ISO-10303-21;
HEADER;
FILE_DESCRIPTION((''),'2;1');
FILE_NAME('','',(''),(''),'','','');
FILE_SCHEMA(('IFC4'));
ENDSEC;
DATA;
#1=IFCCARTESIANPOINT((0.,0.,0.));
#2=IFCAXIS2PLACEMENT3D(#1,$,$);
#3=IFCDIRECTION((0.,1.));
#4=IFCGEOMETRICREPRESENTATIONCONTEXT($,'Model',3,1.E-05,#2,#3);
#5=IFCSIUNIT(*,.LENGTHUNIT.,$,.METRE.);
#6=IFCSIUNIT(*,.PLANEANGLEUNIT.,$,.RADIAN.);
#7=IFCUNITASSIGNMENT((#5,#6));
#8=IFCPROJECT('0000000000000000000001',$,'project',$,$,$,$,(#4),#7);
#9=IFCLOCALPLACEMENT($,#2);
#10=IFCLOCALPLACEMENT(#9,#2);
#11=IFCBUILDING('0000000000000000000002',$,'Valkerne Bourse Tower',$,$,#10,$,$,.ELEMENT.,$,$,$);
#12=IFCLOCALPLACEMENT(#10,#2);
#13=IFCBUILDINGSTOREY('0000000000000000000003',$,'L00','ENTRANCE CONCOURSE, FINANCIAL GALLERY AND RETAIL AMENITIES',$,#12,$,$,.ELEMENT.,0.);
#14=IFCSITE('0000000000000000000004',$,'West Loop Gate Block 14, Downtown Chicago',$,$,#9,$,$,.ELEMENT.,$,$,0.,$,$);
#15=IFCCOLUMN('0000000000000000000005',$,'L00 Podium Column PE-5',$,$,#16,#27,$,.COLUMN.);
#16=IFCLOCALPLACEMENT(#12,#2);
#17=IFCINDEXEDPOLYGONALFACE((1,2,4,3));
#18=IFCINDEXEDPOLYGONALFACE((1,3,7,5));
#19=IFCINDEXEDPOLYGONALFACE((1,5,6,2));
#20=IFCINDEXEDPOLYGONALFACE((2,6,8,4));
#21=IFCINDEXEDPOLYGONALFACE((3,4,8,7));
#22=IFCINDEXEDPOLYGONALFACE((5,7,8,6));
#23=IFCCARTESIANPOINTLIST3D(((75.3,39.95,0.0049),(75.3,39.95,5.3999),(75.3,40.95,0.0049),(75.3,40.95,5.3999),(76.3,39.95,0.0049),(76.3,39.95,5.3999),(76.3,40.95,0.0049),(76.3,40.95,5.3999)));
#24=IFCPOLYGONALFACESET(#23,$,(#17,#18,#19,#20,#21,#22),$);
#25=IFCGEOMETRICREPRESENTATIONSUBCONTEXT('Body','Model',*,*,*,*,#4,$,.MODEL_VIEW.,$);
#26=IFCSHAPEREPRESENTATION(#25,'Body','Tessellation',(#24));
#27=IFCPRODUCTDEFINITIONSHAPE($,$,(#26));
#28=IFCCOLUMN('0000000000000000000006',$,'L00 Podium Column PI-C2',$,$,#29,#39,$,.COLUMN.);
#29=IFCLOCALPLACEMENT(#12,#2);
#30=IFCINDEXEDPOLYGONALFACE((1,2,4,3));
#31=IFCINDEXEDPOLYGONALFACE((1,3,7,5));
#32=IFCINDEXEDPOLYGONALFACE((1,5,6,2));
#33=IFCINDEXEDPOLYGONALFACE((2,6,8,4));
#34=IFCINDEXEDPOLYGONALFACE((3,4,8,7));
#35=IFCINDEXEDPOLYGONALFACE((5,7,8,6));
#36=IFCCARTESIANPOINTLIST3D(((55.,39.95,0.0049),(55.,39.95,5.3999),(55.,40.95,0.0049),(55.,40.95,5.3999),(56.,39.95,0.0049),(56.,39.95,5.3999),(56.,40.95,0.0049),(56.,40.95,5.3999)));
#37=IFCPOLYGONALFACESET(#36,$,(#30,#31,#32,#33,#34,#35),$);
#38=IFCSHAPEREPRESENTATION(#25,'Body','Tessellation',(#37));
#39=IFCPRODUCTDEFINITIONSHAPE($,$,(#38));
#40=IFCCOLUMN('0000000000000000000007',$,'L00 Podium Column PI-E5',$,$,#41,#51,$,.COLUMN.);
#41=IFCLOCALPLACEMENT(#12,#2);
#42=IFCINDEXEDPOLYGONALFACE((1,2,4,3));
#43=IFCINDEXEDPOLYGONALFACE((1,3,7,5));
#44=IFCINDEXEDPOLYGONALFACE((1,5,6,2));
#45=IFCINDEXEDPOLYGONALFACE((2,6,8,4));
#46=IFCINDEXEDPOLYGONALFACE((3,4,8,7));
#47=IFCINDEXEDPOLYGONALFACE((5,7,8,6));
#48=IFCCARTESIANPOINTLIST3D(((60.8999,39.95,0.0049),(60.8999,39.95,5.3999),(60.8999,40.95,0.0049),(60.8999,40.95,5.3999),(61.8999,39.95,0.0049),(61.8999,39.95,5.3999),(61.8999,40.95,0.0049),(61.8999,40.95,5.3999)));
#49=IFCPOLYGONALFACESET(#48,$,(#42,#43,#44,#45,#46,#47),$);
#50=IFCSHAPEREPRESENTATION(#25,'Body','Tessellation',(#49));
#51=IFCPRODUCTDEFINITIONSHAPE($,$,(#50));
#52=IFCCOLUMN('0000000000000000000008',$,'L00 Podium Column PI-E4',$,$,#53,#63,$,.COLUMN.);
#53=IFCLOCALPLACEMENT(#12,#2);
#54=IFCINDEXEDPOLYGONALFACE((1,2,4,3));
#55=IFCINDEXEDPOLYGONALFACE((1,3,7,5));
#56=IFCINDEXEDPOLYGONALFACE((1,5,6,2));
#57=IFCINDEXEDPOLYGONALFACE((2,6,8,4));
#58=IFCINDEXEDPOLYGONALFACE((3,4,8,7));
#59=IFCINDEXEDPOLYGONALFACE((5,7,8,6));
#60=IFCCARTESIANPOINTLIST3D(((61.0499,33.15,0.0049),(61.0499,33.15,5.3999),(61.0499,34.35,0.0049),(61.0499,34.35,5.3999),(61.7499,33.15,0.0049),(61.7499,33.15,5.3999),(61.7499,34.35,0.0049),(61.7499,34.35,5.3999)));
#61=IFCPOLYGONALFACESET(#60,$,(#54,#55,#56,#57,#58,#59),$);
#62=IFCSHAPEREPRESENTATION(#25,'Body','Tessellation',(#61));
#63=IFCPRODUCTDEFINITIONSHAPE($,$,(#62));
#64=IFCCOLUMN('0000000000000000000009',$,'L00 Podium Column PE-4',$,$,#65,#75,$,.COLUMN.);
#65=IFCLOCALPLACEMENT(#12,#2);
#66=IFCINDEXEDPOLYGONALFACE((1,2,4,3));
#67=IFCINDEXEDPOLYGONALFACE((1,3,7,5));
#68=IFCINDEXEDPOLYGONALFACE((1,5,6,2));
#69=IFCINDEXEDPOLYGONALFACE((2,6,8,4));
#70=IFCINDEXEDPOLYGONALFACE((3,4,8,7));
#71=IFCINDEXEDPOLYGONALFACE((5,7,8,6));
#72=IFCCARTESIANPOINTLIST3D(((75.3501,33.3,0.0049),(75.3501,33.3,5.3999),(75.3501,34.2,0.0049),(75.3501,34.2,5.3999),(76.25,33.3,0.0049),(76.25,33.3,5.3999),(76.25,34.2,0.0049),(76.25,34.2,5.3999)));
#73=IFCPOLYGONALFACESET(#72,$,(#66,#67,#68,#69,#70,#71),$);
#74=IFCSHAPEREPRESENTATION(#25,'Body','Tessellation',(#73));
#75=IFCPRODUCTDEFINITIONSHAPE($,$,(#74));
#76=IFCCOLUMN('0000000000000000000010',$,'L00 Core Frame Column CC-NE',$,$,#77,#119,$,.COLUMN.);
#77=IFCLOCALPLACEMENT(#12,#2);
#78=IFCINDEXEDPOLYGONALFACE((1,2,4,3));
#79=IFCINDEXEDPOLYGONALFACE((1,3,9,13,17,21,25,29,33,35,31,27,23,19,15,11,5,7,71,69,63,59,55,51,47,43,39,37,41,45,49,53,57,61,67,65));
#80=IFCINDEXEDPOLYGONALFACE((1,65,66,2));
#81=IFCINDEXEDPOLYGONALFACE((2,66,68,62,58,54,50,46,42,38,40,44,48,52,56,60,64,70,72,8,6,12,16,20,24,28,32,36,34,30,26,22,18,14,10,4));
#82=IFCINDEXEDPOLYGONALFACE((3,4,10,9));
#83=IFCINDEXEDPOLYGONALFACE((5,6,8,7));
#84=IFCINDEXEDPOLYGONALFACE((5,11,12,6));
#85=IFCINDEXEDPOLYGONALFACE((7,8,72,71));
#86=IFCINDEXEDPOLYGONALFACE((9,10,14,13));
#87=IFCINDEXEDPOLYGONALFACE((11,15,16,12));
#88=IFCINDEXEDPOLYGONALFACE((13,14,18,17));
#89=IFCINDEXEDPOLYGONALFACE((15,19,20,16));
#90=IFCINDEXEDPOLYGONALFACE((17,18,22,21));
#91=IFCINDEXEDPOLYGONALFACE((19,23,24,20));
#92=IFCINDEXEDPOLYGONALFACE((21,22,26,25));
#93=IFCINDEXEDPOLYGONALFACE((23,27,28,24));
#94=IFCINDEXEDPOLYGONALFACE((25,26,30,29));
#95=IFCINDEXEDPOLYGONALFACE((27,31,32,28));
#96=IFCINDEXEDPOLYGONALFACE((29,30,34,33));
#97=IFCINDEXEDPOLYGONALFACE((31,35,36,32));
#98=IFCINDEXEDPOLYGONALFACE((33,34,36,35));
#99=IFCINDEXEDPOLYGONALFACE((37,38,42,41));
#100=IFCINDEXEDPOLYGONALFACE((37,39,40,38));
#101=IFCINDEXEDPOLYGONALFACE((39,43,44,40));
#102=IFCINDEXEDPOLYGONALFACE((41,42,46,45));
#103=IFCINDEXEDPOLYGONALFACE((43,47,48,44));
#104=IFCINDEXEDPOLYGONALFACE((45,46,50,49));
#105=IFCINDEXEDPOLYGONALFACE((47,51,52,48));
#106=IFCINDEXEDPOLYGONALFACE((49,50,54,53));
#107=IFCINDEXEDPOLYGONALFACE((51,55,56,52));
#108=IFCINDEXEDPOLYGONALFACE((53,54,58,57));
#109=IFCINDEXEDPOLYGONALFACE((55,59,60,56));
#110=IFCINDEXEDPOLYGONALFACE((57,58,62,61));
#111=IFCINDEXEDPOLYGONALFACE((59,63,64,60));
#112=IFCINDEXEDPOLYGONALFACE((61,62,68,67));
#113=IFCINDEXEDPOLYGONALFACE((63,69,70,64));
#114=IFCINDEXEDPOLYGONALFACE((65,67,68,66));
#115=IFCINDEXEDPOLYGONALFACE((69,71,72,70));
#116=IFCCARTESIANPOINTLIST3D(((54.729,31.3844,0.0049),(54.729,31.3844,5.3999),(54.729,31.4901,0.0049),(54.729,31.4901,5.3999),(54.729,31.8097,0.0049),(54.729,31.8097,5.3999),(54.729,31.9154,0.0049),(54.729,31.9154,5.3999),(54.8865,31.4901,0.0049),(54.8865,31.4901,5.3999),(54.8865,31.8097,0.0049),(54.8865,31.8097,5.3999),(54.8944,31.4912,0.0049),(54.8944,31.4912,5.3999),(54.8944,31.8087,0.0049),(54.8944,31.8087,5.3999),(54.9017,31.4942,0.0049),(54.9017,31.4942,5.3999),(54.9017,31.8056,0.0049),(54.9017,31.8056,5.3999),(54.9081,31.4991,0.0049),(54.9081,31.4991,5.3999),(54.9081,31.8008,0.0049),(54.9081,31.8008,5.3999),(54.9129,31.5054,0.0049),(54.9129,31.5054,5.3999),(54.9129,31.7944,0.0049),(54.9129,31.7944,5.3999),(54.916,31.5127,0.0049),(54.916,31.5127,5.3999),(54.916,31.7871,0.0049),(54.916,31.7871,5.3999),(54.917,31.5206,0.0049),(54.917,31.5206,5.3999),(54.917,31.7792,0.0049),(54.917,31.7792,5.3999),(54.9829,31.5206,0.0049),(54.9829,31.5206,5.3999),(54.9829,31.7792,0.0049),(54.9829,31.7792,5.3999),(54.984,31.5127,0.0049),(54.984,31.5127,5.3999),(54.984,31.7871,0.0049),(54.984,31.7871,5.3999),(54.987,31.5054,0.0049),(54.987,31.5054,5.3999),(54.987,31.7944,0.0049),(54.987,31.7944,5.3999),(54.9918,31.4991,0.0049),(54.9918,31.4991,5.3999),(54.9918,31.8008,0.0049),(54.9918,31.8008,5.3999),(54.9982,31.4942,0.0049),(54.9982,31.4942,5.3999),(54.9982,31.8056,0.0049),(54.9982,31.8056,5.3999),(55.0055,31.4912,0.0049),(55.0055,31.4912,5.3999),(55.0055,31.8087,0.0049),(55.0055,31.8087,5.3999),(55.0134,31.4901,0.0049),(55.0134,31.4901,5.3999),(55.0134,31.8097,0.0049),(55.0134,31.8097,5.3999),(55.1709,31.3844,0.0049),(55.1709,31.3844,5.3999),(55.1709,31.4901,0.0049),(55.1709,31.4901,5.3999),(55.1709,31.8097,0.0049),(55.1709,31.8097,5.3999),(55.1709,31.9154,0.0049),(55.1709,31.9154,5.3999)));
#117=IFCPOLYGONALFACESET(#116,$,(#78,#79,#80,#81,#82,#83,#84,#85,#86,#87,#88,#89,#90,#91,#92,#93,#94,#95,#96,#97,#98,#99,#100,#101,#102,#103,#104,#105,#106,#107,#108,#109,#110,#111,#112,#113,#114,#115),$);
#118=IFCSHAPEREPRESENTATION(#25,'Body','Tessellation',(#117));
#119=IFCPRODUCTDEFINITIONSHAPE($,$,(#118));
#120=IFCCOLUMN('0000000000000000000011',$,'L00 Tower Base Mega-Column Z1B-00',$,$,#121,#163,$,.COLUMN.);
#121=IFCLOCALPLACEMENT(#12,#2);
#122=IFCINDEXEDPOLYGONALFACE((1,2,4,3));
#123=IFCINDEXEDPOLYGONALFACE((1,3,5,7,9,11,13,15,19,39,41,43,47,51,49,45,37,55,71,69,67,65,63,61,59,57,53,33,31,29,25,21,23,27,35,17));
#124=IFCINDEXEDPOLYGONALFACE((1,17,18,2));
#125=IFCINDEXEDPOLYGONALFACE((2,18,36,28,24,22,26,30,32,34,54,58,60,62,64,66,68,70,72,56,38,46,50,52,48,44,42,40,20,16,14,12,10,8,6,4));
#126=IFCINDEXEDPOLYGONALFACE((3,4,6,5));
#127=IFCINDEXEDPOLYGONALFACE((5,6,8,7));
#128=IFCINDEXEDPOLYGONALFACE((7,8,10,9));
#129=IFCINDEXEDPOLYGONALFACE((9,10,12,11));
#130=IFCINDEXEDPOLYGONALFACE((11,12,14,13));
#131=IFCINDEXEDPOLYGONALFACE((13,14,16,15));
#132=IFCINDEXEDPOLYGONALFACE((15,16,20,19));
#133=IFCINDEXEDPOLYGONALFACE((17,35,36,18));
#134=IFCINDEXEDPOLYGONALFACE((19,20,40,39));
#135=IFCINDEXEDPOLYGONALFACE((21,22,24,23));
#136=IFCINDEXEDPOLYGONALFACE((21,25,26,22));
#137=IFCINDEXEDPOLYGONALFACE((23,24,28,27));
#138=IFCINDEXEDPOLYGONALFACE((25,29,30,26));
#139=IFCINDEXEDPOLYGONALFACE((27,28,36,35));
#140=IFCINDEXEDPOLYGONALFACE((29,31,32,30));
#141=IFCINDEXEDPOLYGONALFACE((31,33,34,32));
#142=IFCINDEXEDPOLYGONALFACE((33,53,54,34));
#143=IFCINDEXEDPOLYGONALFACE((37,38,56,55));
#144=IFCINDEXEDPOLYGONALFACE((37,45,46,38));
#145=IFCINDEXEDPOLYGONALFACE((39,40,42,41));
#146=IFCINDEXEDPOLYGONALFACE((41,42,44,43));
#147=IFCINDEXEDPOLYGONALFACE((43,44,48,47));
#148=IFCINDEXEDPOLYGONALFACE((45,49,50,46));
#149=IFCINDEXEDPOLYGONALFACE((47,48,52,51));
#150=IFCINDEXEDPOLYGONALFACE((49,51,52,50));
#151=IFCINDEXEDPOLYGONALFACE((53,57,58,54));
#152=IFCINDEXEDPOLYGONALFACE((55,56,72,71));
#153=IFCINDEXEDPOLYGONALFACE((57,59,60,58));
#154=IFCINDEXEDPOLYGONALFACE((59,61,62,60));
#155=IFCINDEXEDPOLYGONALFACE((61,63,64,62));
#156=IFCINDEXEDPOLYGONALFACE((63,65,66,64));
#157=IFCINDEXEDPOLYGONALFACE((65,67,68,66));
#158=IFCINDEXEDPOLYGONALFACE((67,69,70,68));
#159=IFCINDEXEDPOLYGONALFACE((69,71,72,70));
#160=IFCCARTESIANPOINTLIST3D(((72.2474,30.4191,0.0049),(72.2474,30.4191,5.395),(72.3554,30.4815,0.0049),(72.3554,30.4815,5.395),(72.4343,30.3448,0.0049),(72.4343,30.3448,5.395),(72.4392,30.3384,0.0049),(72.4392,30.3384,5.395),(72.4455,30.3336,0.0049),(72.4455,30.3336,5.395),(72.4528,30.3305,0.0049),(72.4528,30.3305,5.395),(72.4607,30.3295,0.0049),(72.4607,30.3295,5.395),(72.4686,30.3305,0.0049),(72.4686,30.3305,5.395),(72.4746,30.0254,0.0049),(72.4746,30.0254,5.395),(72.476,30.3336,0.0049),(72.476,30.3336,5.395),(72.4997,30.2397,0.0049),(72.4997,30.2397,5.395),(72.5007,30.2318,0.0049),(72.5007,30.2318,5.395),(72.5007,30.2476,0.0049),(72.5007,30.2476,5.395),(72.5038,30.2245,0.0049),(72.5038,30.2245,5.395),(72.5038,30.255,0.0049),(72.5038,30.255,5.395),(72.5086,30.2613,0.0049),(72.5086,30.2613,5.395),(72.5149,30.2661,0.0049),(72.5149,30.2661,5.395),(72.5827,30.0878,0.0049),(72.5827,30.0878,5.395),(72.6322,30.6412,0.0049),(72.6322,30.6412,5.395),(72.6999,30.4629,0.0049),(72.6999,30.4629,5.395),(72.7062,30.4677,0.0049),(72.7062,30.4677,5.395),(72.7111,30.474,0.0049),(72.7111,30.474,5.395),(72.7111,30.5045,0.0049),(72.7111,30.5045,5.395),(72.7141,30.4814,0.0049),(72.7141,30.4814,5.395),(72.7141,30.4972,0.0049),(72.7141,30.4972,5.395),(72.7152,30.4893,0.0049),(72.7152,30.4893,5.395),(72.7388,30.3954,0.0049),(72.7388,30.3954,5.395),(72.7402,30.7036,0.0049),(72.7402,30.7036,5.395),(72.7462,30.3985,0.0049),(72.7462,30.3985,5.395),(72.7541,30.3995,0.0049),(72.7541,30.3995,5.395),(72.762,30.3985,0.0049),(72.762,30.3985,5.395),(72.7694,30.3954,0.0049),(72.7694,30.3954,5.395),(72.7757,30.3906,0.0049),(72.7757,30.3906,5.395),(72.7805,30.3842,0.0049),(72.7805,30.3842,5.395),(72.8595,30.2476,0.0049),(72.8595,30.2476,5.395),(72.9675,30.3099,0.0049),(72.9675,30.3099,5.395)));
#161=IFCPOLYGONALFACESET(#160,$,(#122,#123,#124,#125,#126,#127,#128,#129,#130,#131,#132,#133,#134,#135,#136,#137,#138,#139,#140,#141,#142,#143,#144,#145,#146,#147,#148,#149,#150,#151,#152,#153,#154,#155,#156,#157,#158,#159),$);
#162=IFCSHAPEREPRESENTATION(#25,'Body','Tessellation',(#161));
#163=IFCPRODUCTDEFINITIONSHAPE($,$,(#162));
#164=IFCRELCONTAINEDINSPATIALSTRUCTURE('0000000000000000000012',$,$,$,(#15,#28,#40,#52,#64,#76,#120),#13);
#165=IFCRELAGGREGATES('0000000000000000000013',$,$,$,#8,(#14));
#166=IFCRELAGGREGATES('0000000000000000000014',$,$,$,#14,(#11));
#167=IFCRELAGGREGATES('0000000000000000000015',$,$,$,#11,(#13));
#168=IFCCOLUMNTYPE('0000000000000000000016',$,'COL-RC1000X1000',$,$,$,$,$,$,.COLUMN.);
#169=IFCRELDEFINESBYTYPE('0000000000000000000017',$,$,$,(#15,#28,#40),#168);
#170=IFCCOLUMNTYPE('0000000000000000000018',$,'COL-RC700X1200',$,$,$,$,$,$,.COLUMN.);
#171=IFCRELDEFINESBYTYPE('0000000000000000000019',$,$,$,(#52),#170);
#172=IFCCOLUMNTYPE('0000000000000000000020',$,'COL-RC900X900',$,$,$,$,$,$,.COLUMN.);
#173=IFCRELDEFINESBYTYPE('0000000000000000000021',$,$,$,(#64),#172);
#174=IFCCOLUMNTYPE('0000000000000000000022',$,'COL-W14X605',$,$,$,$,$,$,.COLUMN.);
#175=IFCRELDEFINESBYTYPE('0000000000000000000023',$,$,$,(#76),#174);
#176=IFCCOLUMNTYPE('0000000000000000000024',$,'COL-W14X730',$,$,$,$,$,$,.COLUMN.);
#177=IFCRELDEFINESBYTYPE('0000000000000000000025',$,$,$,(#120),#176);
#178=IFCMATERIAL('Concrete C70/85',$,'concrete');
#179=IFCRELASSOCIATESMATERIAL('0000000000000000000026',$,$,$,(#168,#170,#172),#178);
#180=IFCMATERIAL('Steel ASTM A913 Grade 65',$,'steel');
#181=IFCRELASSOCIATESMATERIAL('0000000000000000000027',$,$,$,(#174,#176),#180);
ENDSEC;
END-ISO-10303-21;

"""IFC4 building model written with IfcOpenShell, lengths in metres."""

from ifc_helpers import new_model, si_unit, direction, frame, origin, origin_2d, place, context, subcontext, project, spatial, rectangle, i_section, extrude, material, material_profile, profile_set, type_object, element, save


model = new_model("IFC4")

# Units and contexts
model_context = context("Model", 3, precision=1e-05, world=origin(), true_north=direction((0.0, 1.0)))
body_context = subcontext(model_context, "Body", "Model", "MODEL_VIEW")
ifc_project = project(units=[si_unit("LENGTHUNIT", "METRE"), si_unit("PLANEANGLEUNIT", "RADIAN")], contexts=[model_context])

# Site, building, storey
site_placement = place(None, origin())
site = spatial("IfcSite", under=ifc_project, at=site_placement, Name="West Loop Gate Block 14, Downtown Chicago", CompositionType="ELEMENT", RefElevation=0.0)
building_placement = place(site_placement, origin())
building = spatial("IfcBuilding", under=site, at=building_placement, Name="Valkerne Bourse Tower", CompositionType="ELEMENT")
storey_placement = place(building_placement, origin())
storey = spatial("IfcBuildingStorey", under=building, at=storey_placement, Name="L00", Description="ENTRANCE CONCOURSE, FINANCIAL GALLERY AND RETAIL AMENITIES", CompositionType="ELEMENT", Elevation=0.0)

# Columns
ifc_material_1 = material(Name="Concrete C70/85", Category="concrete")
ifc_material_profile_1 = material_profile(ifc_material_1, rectangle(XDim=1.0, YDim=1.0, at=origin_2d()), Name="RC1000X1000")
ifc_profile_set_1 = profile_set([ifc_material_profile_1], Name="Concrete C70/85")
column_type_1 = type_object("IfcColumnType", Name="COL-RC1000X1000", PredefinedType="COLUMN", material=ifc_profile_set_1)
for number, where, z_axis, x_axis, name in (
    (1, (75.8, 40.45, 0.0049), (0.0, 0.0, 1.0), (1.0, 0.0, 0.0), "L00 Podium Column PE-5"),
    (2, (55.5, 40.45, 0.0049), (0.0, 0.0, 1.0), (1.0, 0.0, 0.0), "L00 Podium Column PI-C2"),
    (3, (61.3999, 40.45, 0.0049), (0.0, 0.0, 1.0), (1.0, 0.0, 0.0), "L00 Podium Column PI-E5"),
):
    element("IfcColumn", number, at=place(storey_placement, frame(where, z_axis=z_axis, x_axis=x_axis)), inside=storey, type_object=column_type_1, Name=name, PredefinedType="COLUMN", context=body_context, shape_type="SweptSolid", body=[
        extrude(rectangle(XDim=1.0, YDim=1.0, at=origin_2d()), origin(), (0.0, 0.0, 1.0), 5.395),
    ])
ifc_material_profile_2 = material_profile(ifc_material_1, rectangle(XDim=0.7, YDim=1.2, at=origin_2d()), Name="RC700X1200")
ifc_profile_set_2 = profile_set([ifc_material_profile_2], Name="Concrete C70/85")
column_type_2 = type_object("IfcColumnType", Name="COL-RC700X1200", PredefinedType="COLUMN", material=ifc_profile_set_2)
column_1_placement = place(storey_placement, frame((61.3999, 33.75, 0.0049), z_axis=(0.0, 0.0, 1.0), x_axis=(1.0, 0.0, 0.0)))
element("IfcColumn", 4, at=column_1_placement, inside=storey, type_object=column_type_2, Name="L00 Podium Column PI-E4", PredefinedType="COLUMN", context=body_context, shape_type="SweptSolid", body=[
    extrude(rectangle(XDim=0.7, YDim=1.2, at=origin_2d()), origin(), (0.0, 0.0, 1.0), 5.395),
])
ifc_material_profile_3 = material_profile(ifc_material_1, rectangle(XDim=0.8999, YDim=0.8999, at=origin_2d()), Name="RC900X900")
ifc_profile_set_3 = profile_set([ifc_material_profile_3], Name="Concrete C70/85")
column_type_3 = type_object("IfcColumnType", Name="COL-RC900X900", PredefinedType="COLUMN", material=ifc_profile_set_3)
column_2_placement = place(storey_placement, frame((75.8, 33.75, 0.0049), z_axis=(0.0, 0.0, 1.0), x_axis=(1.0, 0.0, 0.0)))
element("IfcColumn", 5, at=column_2_placement, inside=storey, type_object=column_type_3, Name="L00 Podium Column PE-4", PredefinedType="COLUMN", context=body_context, shape_type="SweptSolid", body=[
    extrude(rectangle(XDim=0.8999, YDim=0.8999, at=origin_2d()), origin(), (0.0, 0.0, 1.0), 5.395),
])
ifc_material_2 = material(Name="Steel ASTM A913 Grade 65", Category="steel")
ifc_material_profile_4 = material_profile(ifc_material_2, i_section(OverallWidth=0.4419, OverallDepth=0.531, WebThickness=0.0659, FlangeThickness=0.1057, FilletRadius=0.0305, at=origin_2d()), Name="W14X605")
ifc_profile_set_4 = profile_set([ifc_material_profile_4], Name="Steel ASTM A913 Grade 65")
column_type_4 = type_object("IfcColumnType", Name="COL-W14X605", PredefinedType="COLUMN", material=ifc_profile_set_4)
column_3_placement = place(storey_placement, frame((54.95, 31.6499, 0.0049), z_axis=(0.0, 0.0, 1.0), x_axis=(1.0, 0.0, 0.0)))
element("IfcColumn", 6, at=column_3_placement, inside=storey, type_object=column_type_4, Name="L00 Core Frame Column CC-NE", PredefinedType="COLUMN", context=body_context, shape_type="SweptSolid", body=[
    extrude(i_section(OverallWidth=0.4419, OverallDepth=0.531, WebThickness=0.0659, FlangeThickness=0.1057, FilletRadius=0.0305, at=origin_2d()), origin(), (0.0, 0.0, 1.0), 5.395),
])
ifc_material_profile_5 = material_profile(ifc_material_2, i_section(OverallWidth=0.4546, OverallDepth=0.5691, WebThickness=0.0779, FlangeThickness=0.1248, FilletRadius=0.0305, at=origin_2d()), Name="W14X730")
ifc_profile_set_5 = profile_set([ifc_material_profile_5], Name="Steel ASTM A913 Grade 65")
column_type_5 = type_object("IfcColumnType", Name="COL-W14X730", PredefinedType="COLUMN", material=ifc_profile_set_5)
for number, where, z_axis, x_axis, name in (
    (7, (72.6074, 30.3645, 0.0049), (0.0, 0.0, 1.0), (-0.5, 0.866025, 0.0), "L00 Tower Base Mega-Column Z1B-00"),
):
    element("IfcColumn", number, at=place(storey_placement, frame(where, z_axis=z_axis, x_axis=x_axis)), inside=storey, type_object=column_type_5, Name=name, PredefinedType="COLUMN", context=body_context, shape_type="SweptSolid", body=[
        extrude(i_section(OverallWidth=0.4546, OverallDepth=0.5691, WebThickness=0.0779, FlangeThickness=0.1248, FilletRadius=0.0305, at=origin_2d()), origin(), (0.0, 0.0, 1.0), 5.3901),
    ])

save(model, "model.ifc")
